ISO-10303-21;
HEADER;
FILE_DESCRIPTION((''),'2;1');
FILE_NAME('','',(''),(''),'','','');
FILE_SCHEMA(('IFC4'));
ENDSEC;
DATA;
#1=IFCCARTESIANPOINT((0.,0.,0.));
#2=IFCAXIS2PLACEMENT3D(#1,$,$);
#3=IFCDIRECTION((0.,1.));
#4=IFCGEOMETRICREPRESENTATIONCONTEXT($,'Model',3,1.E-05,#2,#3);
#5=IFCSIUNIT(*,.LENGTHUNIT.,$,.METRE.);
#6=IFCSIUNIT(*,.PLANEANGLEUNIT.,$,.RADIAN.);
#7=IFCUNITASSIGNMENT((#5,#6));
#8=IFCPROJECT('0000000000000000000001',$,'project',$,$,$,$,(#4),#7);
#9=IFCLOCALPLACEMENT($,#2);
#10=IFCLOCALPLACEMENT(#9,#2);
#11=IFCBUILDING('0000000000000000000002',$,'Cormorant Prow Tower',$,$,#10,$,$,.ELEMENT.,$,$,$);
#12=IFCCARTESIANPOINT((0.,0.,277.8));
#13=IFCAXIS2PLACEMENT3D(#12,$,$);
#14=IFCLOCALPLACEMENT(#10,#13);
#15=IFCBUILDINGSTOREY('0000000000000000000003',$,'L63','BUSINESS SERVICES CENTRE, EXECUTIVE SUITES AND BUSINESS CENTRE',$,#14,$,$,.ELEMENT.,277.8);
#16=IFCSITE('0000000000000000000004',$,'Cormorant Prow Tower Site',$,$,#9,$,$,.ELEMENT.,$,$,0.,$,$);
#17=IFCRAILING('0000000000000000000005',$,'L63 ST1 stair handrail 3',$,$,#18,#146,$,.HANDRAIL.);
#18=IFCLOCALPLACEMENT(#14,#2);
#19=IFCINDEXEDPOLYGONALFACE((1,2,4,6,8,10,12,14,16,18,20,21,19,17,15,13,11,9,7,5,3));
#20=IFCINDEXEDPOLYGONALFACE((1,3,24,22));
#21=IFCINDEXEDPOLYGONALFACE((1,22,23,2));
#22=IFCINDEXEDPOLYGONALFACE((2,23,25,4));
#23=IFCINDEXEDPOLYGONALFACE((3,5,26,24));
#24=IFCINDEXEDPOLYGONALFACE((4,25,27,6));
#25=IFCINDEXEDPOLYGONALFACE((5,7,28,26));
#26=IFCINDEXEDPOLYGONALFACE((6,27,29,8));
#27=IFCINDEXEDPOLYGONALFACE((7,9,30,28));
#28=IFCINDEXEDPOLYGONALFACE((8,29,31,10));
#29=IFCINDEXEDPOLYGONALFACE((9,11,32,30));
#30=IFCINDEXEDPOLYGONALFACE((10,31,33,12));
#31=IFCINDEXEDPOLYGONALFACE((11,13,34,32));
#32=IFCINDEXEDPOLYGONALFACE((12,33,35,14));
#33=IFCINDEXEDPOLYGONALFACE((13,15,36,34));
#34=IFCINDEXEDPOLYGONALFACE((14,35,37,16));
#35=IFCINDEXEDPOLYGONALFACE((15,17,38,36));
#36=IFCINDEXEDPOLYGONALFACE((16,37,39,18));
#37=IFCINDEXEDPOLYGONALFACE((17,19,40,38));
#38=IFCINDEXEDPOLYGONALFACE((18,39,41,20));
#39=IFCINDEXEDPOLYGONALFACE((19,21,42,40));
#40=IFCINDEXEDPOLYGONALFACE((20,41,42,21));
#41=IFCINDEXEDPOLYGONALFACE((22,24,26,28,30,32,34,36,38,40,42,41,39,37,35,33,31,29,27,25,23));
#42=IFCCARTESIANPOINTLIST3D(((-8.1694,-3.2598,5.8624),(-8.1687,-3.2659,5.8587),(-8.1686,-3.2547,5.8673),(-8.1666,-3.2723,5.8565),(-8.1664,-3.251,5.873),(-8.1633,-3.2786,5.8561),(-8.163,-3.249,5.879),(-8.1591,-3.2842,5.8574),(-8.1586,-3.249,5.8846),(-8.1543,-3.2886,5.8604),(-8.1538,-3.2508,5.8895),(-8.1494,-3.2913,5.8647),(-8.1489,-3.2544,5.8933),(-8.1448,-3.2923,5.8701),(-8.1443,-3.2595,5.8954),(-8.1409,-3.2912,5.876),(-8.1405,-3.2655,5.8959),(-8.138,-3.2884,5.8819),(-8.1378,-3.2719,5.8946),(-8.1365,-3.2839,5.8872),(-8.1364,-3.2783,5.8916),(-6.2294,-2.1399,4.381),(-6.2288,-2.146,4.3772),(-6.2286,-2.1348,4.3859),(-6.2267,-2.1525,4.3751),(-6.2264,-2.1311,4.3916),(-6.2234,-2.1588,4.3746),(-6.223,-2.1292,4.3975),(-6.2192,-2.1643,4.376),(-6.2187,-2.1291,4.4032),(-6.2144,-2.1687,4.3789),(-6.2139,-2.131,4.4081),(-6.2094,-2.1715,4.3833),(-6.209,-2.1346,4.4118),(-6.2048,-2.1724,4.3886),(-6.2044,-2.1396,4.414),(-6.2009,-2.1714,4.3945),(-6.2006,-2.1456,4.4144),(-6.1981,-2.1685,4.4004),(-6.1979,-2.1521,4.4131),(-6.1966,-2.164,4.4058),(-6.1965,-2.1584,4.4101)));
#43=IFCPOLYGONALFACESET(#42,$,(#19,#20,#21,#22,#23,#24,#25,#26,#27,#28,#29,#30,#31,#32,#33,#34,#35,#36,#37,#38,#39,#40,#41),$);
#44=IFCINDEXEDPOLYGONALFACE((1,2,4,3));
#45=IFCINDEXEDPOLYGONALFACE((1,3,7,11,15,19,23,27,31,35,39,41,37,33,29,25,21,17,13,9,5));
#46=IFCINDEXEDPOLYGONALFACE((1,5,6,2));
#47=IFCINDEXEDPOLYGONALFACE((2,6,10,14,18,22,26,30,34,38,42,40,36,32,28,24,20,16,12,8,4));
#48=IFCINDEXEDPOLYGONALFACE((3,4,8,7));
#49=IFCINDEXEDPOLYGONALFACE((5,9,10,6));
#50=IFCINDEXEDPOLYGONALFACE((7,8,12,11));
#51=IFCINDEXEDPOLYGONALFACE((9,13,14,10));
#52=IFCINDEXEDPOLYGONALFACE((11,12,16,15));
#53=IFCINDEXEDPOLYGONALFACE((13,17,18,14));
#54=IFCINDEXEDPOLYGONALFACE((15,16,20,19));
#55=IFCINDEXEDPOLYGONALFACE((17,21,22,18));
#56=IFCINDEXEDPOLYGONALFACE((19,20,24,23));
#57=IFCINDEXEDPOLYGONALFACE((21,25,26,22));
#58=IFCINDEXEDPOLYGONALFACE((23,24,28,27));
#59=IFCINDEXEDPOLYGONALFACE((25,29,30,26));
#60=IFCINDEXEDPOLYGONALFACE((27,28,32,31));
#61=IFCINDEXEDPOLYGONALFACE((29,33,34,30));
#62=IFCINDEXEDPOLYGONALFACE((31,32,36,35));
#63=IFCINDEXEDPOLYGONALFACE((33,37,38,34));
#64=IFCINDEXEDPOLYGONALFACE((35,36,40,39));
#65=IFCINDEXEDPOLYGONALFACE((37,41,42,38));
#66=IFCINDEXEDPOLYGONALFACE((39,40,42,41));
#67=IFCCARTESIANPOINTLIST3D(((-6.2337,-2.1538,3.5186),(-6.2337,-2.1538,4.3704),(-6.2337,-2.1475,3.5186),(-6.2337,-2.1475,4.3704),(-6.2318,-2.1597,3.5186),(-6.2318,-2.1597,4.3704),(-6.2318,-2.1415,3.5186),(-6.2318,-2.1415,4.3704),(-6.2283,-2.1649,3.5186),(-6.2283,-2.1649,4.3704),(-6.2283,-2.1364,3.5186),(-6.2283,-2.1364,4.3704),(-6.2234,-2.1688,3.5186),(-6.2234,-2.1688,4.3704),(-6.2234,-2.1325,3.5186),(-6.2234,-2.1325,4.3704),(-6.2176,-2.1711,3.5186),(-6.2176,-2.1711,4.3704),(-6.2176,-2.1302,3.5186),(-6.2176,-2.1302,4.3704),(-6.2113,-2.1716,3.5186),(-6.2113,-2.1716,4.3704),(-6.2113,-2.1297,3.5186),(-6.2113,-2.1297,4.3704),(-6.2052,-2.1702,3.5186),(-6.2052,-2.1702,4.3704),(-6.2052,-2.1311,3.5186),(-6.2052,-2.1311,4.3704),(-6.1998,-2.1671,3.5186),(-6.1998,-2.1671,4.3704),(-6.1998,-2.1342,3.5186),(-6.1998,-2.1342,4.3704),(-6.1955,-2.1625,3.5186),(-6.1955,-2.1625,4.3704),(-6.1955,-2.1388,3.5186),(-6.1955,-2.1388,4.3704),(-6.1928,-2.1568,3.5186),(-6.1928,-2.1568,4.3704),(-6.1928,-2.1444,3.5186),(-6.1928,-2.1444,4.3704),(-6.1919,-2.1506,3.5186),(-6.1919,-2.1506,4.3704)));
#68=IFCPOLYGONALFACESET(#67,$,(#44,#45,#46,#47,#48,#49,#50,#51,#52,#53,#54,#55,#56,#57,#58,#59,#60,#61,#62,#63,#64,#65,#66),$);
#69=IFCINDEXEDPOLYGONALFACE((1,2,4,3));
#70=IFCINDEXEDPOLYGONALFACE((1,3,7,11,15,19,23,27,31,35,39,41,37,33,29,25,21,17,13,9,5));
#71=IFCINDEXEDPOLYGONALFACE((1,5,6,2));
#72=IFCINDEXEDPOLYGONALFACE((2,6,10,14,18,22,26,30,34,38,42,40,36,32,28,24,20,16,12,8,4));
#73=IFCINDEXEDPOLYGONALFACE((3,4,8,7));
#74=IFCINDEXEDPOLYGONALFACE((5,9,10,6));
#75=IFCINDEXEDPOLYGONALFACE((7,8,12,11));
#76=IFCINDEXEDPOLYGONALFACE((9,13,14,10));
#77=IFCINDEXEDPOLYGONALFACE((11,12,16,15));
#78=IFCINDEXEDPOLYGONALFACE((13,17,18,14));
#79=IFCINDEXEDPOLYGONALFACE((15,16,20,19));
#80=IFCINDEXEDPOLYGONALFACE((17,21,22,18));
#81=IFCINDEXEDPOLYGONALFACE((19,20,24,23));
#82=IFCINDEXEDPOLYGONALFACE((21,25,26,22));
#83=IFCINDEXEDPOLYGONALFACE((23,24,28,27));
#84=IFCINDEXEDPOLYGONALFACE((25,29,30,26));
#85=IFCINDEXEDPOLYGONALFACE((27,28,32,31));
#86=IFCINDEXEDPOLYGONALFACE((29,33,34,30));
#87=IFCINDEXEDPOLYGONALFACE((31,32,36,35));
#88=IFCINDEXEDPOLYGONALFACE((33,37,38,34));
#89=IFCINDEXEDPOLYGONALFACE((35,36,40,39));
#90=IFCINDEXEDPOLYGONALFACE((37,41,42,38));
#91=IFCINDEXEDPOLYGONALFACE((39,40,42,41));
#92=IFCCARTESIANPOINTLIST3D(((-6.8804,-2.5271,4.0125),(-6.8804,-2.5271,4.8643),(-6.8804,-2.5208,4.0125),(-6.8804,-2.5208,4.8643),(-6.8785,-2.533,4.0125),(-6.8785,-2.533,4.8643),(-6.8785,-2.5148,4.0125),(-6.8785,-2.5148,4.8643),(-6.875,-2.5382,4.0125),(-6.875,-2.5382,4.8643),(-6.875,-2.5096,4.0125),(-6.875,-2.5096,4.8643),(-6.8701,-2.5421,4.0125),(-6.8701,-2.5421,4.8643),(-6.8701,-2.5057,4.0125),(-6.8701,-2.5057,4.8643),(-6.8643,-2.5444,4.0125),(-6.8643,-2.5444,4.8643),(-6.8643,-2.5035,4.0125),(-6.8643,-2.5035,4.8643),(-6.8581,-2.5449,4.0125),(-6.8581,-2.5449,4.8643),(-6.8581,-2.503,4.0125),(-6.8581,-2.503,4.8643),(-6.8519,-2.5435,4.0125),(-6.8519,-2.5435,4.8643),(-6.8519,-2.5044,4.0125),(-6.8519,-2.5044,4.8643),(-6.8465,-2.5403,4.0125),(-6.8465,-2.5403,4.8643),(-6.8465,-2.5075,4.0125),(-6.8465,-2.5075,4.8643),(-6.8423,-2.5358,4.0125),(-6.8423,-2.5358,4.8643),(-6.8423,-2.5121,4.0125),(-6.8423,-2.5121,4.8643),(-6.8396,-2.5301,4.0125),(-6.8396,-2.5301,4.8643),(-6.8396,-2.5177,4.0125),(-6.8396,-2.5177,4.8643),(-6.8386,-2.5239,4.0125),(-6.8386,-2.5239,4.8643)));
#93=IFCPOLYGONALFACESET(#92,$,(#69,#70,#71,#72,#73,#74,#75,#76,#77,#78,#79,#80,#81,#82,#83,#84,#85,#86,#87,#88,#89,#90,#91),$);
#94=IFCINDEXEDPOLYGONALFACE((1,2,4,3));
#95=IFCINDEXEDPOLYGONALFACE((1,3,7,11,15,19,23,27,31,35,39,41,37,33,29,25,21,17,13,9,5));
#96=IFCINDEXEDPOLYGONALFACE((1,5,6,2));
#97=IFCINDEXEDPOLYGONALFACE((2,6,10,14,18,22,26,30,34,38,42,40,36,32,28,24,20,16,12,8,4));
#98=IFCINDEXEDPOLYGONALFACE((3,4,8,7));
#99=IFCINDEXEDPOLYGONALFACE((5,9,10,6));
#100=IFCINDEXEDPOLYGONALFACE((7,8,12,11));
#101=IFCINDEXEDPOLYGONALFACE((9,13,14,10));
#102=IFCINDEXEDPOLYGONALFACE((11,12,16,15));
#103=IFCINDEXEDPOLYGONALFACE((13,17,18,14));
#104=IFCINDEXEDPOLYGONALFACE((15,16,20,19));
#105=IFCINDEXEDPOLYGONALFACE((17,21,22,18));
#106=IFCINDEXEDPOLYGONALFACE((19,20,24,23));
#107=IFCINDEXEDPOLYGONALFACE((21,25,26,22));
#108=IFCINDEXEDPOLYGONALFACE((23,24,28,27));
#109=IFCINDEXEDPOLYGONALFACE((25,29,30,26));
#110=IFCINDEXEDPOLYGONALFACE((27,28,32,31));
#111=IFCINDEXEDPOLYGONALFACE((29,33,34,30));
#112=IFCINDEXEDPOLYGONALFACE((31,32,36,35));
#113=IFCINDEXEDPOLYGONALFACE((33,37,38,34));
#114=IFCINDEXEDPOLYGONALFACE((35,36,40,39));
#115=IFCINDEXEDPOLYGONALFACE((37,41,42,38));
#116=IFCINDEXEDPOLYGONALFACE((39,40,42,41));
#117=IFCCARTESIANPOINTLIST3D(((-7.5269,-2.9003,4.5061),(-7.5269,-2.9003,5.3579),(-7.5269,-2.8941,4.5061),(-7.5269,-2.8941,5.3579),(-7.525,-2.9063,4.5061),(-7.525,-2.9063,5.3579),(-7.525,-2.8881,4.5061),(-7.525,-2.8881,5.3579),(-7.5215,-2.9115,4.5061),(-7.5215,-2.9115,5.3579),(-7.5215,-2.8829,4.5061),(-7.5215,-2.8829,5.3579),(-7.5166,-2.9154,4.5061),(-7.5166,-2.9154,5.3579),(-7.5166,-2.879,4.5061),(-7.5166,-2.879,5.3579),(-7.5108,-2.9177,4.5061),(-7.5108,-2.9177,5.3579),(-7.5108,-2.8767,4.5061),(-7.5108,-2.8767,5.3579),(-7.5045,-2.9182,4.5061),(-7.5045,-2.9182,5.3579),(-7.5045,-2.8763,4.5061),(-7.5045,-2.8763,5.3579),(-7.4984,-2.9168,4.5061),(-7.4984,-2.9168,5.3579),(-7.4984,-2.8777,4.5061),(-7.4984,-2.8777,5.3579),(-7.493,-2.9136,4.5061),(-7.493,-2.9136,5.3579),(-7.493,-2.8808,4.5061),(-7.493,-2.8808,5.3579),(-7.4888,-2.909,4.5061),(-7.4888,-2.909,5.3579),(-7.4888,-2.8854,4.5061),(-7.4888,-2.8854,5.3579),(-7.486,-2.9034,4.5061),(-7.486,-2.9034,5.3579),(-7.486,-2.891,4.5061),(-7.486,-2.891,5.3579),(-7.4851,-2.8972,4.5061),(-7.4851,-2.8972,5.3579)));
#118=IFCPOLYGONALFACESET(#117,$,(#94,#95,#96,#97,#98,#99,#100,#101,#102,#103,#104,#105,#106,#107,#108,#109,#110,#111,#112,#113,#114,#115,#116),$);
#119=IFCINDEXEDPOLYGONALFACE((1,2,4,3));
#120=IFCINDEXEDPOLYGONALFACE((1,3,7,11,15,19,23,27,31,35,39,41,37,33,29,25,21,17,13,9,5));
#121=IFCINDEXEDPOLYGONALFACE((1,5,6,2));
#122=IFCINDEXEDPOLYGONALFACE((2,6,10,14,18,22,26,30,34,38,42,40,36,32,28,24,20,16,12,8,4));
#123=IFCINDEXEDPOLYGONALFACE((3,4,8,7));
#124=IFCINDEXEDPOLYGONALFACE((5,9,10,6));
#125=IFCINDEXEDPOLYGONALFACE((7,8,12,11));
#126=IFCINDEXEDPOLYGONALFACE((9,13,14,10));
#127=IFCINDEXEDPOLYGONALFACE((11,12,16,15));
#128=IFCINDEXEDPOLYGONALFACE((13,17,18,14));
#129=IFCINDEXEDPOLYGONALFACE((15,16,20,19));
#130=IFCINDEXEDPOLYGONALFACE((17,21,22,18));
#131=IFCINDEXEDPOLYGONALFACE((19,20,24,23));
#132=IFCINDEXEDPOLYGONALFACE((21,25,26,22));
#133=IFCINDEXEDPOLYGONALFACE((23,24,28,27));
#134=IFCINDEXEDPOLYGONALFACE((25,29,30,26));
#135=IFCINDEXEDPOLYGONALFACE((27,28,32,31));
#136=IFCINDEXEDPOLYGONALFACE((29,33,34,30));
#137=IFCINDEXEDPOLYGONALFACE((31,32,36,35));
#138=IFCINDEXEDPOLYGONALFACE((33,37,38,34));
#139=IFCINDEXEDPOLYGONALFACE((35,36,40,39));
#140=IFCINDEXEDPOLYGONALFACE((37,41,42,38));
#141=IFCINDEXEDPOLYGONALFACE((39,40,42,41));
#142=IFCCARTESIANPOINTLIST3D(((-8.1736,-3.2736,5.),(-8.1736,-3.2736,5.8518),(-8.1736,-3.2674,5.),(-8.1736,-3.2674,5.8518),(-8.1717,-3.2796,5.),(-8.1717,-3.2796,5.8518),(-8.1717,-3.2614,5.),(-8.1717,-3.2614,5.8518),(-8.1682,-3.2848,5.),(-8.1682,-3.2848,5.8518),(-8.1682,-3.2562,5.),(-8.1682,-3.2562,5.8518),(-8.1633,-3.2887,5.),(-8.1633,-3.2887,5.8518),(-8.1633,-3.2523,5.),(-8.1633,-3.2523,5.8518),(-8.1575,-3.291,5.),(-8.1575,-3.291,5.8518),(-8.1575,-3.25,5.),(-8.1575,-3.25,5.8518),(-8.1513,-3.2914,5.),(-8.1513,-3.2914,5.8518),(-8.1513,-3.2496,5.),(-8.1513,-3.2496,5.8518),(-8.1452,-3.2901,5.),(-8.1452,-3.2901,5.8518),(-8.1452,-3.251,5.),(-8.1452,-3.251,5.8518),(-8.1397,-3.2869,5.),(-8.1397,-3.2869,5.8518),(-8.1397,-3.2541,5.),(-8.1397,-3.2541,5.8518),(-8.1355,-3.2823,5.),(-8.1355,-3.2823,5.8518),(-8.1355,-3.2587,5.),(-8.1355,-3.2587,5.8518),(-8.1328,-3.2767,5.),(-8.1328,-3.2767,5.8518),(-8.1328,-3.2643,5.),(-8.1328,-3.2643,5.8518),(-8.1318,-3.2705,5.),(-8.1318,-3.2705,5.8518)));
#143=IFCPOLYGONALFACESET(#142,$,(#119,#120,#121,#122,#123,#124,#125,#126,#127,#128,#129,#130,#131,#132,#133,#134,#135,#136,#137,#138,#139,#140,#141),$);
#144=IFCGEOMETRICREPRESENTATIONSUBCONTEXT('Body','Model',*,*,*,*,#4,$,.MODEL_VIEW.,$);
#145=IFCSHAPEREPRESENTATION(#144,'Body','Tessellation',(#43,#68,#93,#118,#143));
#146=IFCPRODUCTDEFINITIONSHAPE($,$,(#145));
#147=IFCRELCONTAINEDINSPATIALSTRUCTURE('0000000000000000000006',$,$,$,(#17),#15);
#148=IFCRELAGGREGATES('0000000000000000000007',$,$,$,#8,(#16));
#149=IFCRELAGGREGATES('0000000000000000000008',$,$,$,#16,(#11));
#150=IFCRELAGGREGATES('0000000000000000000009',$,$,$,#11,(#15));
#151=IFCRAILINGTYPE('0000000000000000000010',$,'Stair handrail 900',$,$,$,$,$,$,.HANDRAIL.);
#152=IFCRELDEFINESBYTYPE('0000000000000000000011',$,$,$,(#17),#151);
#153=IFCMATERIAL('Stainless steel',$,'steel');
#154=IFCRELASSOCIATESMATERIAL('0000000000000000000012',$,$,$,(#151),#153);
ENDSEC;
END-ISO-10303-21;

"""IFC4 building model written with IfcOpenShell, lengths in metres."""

from ifc_helpers import new_model, si_unit, direction, frame, origin, origin_2d, place, context, subcontext, project, spatial, circle, extrude, material, type_object, element, save


model = new_model("IFC4")

# Units and contexts
model_context = context("Model", 3, precision=1e-05, world=origin(), true_north=direction((0.0, 1.0)))
body_context = subcontext(model_context, "Body", "Model", "MODEL_VIEW")
ifc_project = project(units=[si_unit("LENGTHUNIT", "METRE"), si_unit("PLANEANGLEUNIT", "RADIAN")], contexts=[model_context])

# Site, building, storey
site_placement = place(None, origin())
site = spatial("IfcSite", under=ifc_project, at=site_placement, Name="Cormorant Prow Tower Site", CompositionType="ELEMENT", RefElevation=0.0)
building_placement = place(site_placement, origin())
building = spatial("IfcBuilding", under=site, at=building_placement, Name="Cormorant Prow Tower", CompositionType="ELEMENT")
storey_placement = place(building_placement, frame((0.0, 0.0, 277.8)))
storey = spatial("IfcBuildingStorey", under=building, at=storey_placement, Name="L63", Description="BUSINESS SERVICES CENTRE, EXECUTIVE SUITES AND BUSINESS CENTRE", CompositionType="ELEMENT", Elevation=277.8)

# Railing
ifc_material_1 = material(Name="Stainless steel", Category="steel")
railing_type = type_object("IfcRailingType", Name="Stair handrail 900", PredefinedType="HANDRAIL", material=ifc_material_1)
for number, where, name in (
    (1, (-6.2129, -2.1506, 3.5186), "L63 ST1 stair handrail 3"),
):
    element("IfcRailing", number, at=place(storey_placement, frame(where)), inside=storey, type_object=railing_type, Name=name, PredefinedType="HANDRAIL", context=body_context, shape_type="SweptSolid", body=[
        extrude(circle(Radius=0.0239, at=origin_2d()), frame((0.0, 0.0, 0.876), z_axis=(-0.722363, -0.417, 0.551636), x_axis=(0.499949, -0.866055, 0.0)), (0.0, 0.0, 1.0), 2.6855),
        extrude(circle(Radius=0.021, at=origin_2d()), origin(), (0.0, 0.0, 1.0), 0.8518),
        extrude(circle(Radius=0.021, at=origin_2d()), frame((-0.6467, -0.3733, 0.4939)), (0.0, 0.0, 1.0), 0.8518),
        extrude(circle(Radius=0.021, at=origin_2d()), frame((-1.2932, -0.7466, 0.9875)), (0.0, 0.0, 1.0), 0.8518),
        extrude(circle(Radius=0.021, at=origin_2d()), frame((-1.9399, -1.1199, 1.4814)), (0.0, 0.0, 1.0), 0.8518),
    ])

save(model, "model.ifc")
